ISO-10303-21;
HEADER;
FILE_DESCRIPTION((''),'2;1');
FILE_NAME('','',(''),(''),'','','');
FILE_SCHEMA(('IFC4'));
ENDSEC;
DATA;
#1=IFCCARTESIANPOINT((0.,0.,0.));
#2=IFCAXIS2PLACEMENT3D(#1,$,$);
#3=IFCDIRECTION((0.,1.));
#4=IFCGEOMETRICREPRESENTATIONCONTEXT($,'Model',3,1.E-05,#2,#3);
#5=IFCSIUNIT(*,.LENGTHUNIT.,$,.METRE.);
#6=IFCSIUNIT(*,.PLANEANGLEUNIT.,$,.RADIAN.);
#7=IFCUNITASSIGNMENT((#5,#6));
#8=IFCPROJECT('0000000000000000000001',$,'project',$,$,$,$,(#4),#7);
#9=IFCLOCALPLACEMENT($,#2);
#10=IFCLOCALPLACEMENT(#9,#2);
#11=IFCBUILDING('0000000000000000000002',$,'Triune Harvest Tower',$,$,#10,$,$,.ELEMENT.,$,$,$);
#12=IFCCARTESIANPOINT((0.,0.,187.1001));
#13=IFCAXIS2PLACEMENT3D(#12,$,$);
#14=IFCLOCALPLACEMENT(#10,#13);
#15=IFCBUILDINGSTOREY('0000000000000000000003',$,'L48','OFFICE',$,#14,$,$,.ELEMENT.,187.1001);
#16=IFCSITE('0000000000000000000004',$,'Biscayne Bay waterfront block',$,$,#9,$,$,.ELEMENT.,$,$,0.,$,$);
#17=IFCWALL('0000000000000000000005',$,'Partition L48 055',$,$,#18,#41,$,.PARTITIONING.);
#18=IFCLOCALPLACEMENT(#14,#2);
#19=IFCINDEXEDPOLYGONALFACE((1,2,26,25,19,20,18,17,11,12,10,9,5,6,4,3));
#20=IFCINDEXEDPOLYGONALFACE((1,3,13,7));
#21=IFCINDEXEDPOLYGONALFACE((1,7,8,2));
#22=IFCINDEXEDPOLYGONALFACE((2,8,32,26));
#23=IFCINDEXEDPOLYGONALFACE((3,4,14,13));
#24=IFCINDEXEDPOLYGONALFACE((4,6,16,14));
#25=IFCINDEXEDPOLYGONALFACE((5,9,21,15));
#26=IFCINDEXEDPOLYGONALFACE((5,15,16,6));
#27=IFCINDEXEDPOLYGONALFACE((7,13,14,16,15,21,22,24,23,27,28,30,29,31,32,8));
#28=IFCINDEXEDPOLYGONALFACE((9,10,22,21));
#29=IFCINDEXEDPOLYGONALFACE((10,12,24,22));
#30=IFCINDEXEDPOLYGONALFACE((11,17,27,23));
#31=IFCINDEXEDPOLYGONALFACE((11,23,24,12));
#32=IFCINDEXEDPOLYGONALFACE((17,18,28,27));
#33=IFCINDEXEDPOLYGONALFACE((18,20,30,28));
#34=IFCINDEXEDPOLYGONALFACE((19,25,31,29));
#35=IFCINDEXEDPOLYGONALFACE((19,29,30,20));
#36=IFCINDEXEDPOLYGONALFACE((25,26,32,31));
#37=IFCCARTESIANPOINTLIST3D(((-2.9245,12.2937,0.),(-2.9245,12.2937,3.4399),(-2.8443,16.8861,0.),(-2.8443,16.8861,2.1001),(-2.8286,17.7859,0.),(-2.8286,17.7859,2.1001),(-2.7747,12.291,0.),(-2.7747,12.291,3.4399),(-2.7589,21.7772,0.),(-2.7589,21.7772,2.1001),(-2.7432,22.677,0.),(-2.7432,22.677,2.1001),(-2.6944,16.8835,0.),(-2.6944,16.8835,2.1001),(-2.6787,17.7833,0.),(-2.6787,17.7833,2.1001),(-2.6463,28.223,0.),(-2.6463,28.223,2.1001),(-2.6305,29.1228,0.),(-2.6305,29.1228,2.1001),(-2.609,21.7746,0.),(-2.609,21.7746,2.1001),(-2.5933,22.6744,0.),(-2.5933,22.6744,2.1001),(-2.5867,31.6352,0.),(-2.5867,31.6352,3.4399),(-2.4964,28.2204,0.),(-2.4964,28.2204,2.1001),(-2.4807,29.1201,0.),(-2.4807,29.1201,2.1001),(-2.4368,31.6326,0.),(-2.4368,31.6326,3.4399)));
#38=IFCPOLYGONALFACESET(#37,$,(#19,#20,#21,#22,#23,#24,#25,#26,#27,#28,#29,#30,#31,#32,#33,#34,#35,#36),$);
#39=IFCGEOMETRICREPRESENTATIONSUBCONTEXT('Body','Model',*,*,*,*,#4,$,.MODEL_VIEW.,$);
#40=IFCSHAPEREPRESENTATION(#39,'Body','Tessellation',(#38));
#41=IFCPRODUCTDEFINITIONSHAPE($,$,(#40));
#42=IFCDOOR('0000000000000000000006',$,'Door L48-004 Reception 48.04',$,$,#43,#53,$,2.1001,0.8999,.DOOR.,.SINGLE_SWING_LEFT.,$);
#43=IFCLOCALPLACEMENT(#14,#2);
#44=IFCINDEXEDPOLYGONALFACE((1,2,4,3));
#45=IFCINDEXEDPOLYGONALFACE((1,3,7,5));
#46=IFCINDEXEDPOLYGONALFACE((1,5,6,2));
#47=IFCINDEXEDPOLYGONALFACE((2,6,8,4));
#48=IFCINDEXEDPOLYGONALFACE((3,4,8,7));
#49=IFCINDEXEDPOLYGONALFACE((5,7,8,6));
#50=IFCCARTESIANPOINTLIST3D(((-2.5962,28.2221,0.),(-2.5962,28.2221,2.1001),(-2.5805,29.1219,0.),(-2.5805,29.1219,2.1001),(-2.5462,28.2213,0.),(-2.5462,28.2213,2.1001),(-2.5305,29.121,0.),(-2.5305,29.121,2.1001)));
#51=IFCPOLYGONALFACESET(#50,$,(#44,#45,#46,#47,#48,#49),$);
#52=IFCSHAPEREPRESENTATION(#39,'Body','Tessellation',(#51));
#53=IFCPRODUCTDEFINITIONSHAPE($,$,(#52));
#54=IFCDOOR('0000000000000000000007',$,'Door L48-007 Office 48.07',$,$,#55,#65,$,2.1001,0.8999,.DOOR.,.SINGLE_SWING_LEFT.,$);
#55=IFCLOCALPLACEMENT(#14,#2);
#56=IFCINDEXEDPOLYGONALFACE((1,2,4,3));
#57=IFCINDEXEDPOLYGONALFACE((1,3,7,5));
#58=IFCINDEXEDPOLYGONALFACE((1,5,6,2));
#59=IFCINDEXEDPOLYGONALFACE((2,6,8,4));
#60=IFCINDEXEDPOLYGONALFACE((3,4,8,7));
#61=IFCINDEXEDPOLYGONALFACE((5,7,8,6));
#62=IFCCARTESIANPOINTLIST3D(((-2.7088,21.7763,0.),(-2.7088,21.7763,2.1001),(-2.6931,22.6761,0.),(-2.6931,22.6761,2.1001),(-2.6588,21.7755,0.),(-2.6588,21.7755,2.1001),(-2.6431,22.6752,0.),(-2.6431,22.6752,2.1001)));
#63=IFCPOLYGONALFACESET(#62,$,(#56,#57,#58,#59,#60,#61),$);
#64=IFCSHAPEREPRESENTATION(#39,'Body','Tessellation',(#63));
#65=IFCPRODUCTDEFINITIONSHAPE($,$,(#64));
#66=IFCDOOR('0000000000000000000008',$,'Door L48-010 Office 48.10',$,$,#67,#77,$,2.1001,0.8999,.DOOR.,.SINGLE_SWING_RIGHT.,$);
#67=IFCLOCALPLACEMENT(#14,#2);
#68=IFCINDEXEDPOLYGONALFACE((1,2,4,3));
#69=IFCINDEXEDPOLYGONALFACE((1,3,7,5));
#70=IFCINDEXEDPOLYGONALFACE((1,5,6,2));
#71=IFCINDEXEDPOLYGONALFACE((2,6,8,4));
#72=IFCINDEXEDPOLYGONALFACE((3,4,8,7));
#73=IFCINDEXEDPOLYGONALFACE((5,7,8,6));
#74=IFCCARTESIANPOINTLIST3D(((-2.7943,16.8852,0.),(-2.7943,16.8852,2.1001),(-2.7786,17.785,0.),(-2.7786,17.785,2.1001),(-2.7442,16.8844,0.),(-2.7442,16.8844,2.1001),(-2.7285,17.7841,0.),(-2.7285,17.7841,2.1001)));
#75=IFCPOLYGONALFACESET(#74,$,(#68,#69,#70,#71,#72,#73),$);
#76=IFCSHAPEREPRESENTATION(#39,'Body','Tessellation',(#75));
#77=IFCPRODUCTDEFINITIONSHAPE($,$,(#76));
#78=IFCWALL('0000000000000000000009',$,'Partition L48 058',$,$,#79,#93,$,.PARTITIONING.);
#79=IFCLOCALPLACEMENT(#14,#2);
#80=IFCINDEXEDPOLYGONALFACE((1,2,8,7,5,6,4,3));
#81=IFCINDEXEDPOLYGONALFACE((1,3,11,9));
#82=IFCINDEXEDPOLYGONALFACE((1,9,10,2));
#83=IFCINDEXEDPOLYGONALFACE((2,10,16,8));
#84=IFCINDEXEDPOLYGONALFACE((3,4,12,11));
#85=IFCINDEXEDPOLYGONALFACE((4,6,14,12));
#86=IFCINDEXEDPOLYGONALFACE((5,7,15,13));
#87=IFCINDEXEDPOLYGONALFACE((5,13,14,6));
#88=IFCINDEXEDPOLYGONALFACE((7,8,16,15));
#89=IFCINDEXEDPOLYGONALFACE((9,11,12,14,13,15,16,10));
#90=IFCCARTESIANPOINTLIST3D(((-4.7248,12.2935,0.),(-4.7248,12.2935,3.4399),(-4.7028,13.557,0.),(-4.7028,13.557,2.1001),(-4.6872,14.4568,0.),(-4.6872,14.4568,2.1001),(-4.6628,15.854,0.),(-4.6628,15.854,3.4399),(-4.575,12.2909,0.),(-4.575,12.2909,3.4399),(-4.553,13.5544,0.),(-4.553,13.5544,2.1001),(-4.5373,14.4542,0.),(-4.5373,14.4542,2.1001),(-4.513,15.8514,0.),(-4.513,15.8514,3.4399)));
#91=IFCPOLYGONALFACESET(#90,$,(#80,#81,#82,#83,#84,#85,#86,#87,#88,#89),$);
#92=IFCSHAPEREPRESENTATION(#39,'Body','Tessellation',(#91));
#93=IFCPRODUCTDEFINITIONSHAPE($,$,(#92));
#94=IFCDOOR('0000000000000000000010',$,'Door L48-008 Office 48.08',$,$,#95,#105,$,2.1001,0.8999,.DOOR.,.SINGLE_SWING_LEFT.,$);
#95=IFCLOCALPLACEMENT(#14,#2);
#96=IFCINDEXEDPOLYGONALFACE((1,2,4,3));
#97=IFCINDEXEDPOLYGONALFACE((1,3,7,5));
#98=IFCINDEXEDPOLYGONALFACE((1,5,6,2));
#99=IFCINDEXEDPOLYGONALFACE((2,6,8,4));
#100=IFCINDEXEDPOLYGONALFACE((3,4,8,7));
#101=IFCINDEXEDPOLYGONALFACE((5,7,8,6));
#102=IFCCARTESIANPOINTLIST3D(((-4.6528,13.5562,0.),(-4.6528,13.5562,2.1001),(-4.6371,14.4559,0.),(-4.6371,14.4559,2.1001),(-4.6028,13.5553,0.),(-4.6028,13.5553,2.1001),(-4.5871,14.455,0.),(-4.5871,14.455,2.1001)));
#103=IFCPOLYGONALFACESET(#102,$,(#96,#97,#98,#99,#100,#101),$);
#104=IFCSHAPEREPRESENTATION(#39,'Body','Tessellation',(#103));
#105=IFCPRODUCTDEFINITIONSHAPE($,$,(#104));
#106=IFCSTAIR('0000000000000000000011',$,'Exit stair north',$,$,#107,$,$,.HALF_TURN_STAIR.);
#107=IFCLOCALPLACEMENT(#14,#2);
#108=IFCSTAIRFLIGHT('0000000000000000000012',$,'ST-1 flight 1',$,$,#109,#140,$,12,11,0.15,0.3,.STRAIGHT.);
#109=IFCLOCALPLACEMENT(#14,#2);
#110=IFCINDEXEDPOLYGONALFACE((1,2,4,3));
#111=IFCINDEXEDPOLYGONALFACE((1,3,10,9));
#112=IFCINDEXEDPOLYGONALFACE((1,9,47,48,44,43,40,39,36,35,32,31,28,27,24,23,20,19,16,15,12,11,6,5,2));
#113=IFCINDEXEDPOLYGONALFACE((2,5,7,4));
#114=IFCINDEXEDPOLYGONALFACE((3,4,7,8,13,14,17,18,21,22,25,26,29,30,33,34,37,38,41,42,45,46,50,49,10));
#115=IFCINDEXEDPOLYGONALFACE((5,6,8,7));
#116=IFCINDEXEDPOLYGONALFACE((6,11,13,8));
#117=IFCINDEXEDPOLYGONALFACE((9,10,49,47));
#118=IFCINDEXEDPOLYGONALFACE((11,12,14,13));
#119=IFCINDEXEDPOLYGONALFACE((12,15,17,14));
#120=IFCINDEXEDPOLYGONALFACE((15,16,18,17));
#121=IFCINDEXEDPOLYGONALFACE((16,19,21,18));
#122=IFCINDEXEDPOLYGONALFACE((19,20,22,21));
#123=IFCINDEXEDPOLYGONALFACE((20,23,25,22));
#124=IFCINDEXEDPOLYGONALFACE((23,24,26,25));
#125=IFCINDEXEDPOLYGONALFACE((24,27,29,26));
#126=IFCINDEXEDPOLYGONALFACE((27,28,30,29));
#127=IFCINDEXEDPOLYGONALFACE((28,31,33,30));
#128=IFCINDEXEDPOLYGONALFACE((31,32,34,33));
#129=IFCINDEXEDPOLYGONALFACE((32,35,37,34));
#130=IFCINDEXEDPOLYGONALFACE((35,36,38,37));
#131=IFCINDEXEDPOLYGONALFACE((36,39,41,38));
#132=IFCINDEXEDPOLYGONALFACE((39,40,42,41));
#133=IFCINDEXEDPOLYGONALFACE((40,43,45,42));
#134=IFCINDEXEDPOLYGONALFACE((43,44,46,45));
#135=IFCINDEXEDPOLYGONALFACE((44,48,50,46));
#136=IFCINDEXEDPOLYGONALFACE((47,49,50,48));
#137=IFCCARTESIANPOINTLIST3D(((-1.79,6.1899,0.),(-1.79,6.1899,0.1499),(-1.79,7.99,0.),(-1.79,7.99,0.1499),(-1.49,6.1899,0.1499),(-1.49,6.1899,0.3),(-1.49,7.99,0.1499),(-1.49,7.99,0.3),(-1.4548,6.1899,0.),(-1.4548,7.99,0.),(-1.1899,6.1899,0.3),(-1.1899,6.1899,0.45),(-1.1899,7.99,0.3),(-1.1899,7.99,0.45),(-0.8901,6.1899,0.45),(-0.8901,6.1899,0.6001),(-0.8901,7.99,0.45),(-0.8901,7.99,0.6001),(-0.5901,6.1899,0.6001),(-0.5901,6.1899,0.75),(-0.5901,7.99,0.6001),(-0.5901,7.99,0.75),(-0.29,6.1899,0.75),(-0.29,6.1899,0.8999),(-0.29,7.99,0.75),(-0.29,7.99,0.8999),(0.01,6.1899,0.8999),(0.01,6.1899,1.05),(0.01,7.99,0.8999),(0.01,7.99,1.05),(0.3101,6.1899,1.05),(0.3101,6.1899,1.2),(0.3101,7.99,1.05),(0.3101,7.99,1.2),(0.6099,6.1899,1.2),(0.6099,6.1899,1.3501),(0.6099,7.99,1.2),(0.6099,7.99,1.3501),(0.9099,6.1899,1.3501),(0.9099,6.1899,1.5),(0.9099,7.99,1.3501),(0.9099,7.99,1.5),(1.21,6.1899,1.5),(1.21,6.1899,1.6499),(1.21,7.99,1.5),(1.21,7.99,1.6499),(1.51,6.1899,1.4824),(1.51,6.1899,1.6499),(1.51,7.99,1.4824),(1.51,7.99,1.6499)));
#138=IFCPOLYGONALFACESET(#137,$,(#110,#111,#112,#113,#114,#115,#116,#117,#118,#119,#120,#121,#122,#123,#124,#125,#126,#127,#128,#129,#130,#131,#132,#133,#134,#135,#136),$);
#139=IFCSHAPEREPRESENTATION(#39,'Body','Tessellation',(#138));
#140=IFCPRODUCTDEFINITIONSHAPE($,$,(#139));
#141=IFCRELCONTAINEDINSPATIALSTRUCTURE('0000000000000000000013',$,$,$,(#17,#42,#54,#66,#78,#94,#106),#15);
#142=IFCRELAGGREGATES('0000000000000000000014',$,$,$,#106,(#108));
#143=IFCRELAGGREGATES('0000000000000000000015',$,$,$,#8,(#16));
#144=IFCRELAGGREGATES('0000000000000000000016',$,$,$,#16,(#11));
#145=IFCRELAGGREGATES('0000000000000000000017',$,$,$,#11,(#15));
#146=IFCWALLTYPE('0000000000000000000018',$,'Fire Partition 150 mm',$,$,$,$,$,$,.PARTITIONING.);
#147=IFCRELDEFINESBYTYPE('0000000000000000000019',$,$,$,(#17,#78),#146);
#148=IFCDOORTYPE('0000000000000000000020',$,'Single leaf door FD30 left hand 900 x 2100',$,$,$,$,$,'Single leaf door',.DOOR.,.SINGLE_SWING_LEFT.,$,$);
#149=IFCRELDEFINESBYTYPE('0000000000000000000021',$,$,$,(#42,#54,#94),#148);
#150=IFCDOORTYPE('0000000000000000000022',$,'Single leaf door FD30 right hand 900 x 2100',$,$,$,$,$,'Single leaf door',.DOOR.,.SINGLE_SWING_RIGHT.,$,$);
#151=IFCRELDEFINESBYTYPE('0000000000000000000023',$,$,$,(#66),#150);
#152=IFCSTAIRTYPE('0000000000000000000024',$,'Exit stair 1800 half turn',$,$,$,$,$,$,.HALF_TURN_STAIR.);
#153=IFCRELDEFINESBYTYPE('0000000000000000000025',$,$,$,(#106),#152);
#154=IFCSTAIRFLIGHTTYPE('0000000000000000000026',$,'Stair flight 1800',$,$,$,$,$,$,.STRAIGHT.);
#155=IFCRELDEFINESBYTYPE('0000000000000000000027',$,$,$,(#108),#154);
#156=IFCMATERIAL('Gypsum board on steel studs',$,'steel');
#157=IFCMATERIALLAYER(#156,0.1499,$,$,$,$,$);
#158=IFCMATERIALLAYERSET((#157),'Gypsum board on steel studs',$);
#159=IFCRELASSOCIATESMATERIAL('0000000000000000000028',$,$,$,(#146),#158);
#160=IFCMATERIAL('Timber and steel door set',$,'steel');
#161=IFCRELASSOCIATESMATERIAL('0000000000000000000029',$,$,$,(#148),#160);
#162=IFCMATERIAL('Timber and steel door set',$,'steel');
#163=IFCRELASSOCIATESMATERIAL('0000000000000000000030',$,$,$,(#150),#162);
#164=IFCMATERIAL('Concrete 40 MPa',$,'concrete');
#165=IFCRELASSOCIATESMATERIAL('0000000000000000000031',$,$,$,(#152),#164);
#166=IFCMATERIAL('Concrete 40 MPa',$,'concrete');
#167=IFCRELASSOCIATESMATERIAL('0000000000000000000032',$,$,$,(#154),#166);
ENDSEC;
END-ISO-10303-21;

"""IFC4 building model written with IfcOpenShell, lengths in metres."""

from ifc_helpers import new_model, si_unit, direction, frame, frame_2d, origin, place, context, subcontext, project, spatial, polyline, rectangle, outline, extrude, source, transform, mapped, material, layer, layer_set, type_object, element, fill, aggregate, save


model = new_model("IFC4")

# Units and contexts
model_context = context("Model", 3, precision=1e-05, world=origin(), true_north=direction((0.0, 1.0)))
body_context = subcontext(model_context, "Body", "Model", "MODEL_VIEW")
ifc_project = project(units=[si_unit("LENGTHUNIT", "METRE"), si_unit("PLANEANGLEUNIT", "RADIAN")], contexts=[model_context])

# Site, building, storey
site_placement = place(None, origin())
site = spatial("IfcSite", under=ifc_project, at=site_placement, Name="Biscayne Bay waterfront block", CompositionType="ELEMENT", RefElevation=0.0)
building_placement = place(site_placement, origin())
building = spatial("IfcBuilding", under=site, at=building_placement, Name="Triune Harvest Tower", CompositionType="ELEMENT")
storey_placement = place(building_placement, frame((0.0, 0.0, 187.1001)))
storey = spatial("IfcBuildingStorey", under=building, at=storey_placement, Name="L48", Description="OFFICE", CompositionType="ELEMENT", Elevation=187.1001)

# Shared definitions
ifc_material_1 = material(Name="Gypsum board on steel studs", Category="steel")
ifc_layer_1 = layer(ifc_material_1, 0.1499)
ifc_layer_set_1 = layer_set([ifc_layer_1], Name="Gypsum board on steel studs")
wall_type_1 = type_object("IfcWallType", Name="Fire Partition 150 mm", PredefinedType="PARTITIONING", material=ifc_layer_set_1)

# Wall, openings, doors
shared_shape_1 = source(origin(), body_context, "Body", "SweptSolid", [
    extrude(rectangle(XDim=19.3445, YDim=0.1499, at=frame_2d((9.6724, 0.0))), origin(), (0.0, 0.0, 1.0), 3.4399),
])
wall_1_placement = place(storey_placement, frame((-2.8496, 12.2922, 0.0), z_axis=(0.0, 0.0, 1.0), x_axis=(0.017467, 0.999847, 0.0)))
wall_1 = element("IfcWall", 1, at=wall_1_placement, inside=storey, type_object=wall_type_1, Name="Partition L48 055", PredefinedType="PARTITIONING", context=body_context, shape_type="MappedRepresentation", body=[
    mapped(shared_shape_1, transform((0.0, 0.0, 0.0), scale=1.0)),
])
opening_1_placement = place(wall_1_placement, frame((15.9319, 0.0, 0.0)))
opening_1 = element("IfcOpeningElement", 2, at=opening_1_placement, cuts=wall_1, PredefinedType="OPENING", context=body_context, shape_type="SweptSolid", body=[
    extrude(rectangle(XDim=0.8999, YDim=2.1001, at=frame_2d((0.45, 1.05))), frame((0.0, 0.085, 0.0), z_axis=(0.0, -1.0, 0.0), x_axis=(1.0, 0.0, 0.0)), (0.0, 0.0, 1.0), 0.1699),
])
opening_2_placement = place(wall_1_placement, frame((9.4851, 0.0, 0.0)))
opening_2 = element("IfcOpeningElement", 3, at=opening_2_placement, cuts=wall_1, PredefinedType="OPENING", context=body_context, shape_type="SweptSolid", body=[
    extrude(rectangle(XDim=0.8999, YDim=2.1001, at=frame_2d((0.45, 1.05))), frame((0.0, 0.085, 0.0), z_axis=(0.0, -1.0, 0.0), x_axis=(1.0, 0.0, 0.0)), (0.0, 0.0, 1.0), 0.1699),
])
opening_3_placement = place(wall_1_placement, frame((4.5933, 0.0, 0.0)))
opening_3 = element("IfcOpeningElement", 4, at=opening_3_placement, cuts=wall_1, PredefinedType="OPENING", context=body_context, shape_type="SweptSolid", body=[
    extrude(rectangle(XDim=0.8999, YDim=2.1001, at=frame_2d((0.45, 1.05))), frame((0.0, 0.085, 0.0), z_axis=(0.0, -1.0, 0.0), x_axis=(1.0, 0.0, 0.0)), (0.0, 0.0, 1.0), 0.1699),
])
ifc_material_2 = material(Name="Timber and steel door set", Category="steel")
door_type_1 = type_object("IfcDoorType", Name="Single leaf door FD30 left hand 900 x 2100", ElementType="Single leaf door", OperationType="SINGLE_SWING_LEFT", PredefinedType="DOOR", material=ifc_material_2)
door_1_placement = place(opening_1_placement, origin())
door_1 = element("IfcDoor", 5, at=door_1_placement, inside=storey, type_object=door_type_1, Name="Door L48-004 Reception 48.04", OperationType="SINGLE_SWING_LEFT", OverallHeight=2.1001, OverallWidth=0.8999, PredefinedType="DOOR", context=body_context, shape_type="SweptSolid", body=[
    extrude(rectangle(XDim=0.8999, YDim=2.1001, at=frame_2d((0.45, 1.05))), frame((0.0, 0.0249, 0.0), z_axis=(0.0, -1.0, 0.0), x_axis=(1.0, 0.0, 0.0)), (0.0, 0.0, 1.0), 0.05),
])
fill(opening_1, door_1)
door_2_placement = place(opening_2_placement, origin())
door_2 = element("IfcDoor", 6, at=door_2_placement, inside=storey, type_object=door_type_1, Name="Door L48-007 Office 48.07", OperationType="SINGLE_SWING_LEFT", OverallHeight=2.1001, OverallWidth=0.8999, PredefinedType="DOOR", context=body_context, shape_type="SweptSolid", body=[
    extrude(rectangle(XDim=0.8999, YDim=2.1001, at=frame_2d((0.45, 1.05))), frame((0.0, 0.0249, 0.0), z_axis=(0.0, -1.0, 0.0), x_axis=(1.0, 0.0, 0.0)), (0.0, 0.0, 1.0), 0.05),
])
fill(opening_2, door_2)
ifc_material_3 = material(Name="Timber and steel door set", Category="steel")
door_type_2 = type_object("IfcDoorType", Name="Single leaf door FD30 right hand 900 x 2100", ElementType="Single leaf door", OperationType="SINGLE_SWING_RIGHT", PredefinedType="DOOR", material=ifc_material_3)
door_3_placement = place(opening_3_placement, origin())
door_3 = element("IfcDoor", 7, at=door_3_placement, inside=storey, type_object=door_type_2, Name="Door L48-010 Office 48.10", OperationType="SINGLE_SWING_RIGHT", OverallHeight=2.1001, OverallWidth=0.8999, PredefinedType="DOOR", context=body_context, shape_type="SweptSolid", body=[
    extrude(rectangle(XDim=0.8999, YDim=2.1001, at=frame_2d((0.45, 1.05))), frame((0.0, 0.0249, 0.0), z_axis=(0.0, -1.0, 0.0), x_axis=(1.0, 0.0, 0.0)), (0.0, 0.0, 1.0), 0.05),
])
fill(opening_3, door_3)

# Wall, opening, door
shared_shape_2 = source(origin(), body_context, "Body", "SweptSolid", [
    extrude(rectangle(XDim=3.561, YDim=0.1499, at=frame_2d((1.7805, 0.0))), origin(), (0.0, 0.0, 1.0), 3.4399),
])
wall_2_placement = place(storey_placement, frame((-4.6499, 12.2922, 0.0), z_axis=(0.0, 0.0, 1.0), x_axis=(0.017414, 0.999848, 0.0)))
wall_2 = element("IfcWall", 8, at=wall_2_placement, inside=storey, type_object=wall_type_1, Name="Partition L48 058", PredefinedType="PARTITIONING", context=body_context, shape_type="MappedRepresentation", body=[
    mapped(shared_shape_2, transform((0.0, 0.0, 0.0), scale=1.0)),
])
opening_4_placement = place(wall_2_placement, frame((1.2637, 0.0, 0.0)))
opening_4 = element("IfcOpeningElement", 9, at=opening_4_placement, cuts=wall_2, PredefinedType="OPENING", context=body_context, shape_type="SweptSolid", body=[
    extrude(rectangle(XDim=0.8999, YDim=2.1001, at=frame_2d((0.45, 1.05))), frame((0.0, 0.085, 0.0), z_axis=(0.0, -1.0, 0.0), x_axis=(1.0, 0.0, 0.0)), (0.0, 0.0, 1.0), 0.1699),
])
door_4_placement = place(opening_4_placement, origin())
door_4 = element("IfcDoor", 10, at=door_4_placement, inside=storey, type_object=door_type_1, Name="Door L48-008 Office 48.08", OperationType="SINGLE_SWING_LEFT", OverallHeight=2.1001, OverallWidth=0.8999, PredefinedType="DOOR", context=body_context, shape_type="SweptSolid", body=[
    extrude(rectangle(XDim=0.8999, YDim=2.1001, at=frame_2d((0.45, 1.05))), frame((0.0, 0.0249, 0.0), z_axis=(0.0, -1.0, 0.0), x_axis=(1.0, 0.0, 0.0)), (0.0, 0.0, 1.0), 0.05),
])
fill(opening_4, door_4)

# Stair, stair flight
ifc_material_4 = material(Name="Concrete 40 MPa", Category="concrete")
stair_type = type_object("IfcStairType", Name="Exit stair 1800 half turn", PredefinedType="HALF_TURN_STAIR", material=ifc_material_4)
stair_placement = place(storey_placement, origin())
stair = element("IfcStair", 11, at=stair_placement, inside=storey, type_object=stair_type, Name="Exit stair north", PredefinedType="HALF_TURN_STAIR")
ifc_material_5 = material(Name="Concrete 40 MPa", Category="concrete")
stair_flight_type = type_object("IfcStairFlightType", Name="Stair flight 1800", PredefinedType="STRAIGHT", material=ifc_material_5)
shared_shape_3 = source(origin(), body_context, "Body", "SweptSolid", [
    extrude(outline(polyline([(0.0, 0.0), (0.0, 0.1499), (0.3, 0.1499), (0.3, 0.3), (0.6001, 0.3), (0.6001, 0.45), (0.8999, 0.45), (0.8999, 0.6001), (1.2, 0.6001), (1.2, 0.75), (1.5, 0.75), (1.5, 0.8999), (1.8, 0.8999), (1.8, 1.05), (2.1001, 1.05), (2.1001, 1.2), (2.3999, 1.2), (2.3999, 1.3501), (2.7, 1.3501), (2.7, 1.5), (3.0, 1.5), (3.0, 1.6499), (3.3, 1.6499), (3.3, 1.8), (3.3, 1.4824), (0.3352, 0.0), (0.0, 0.0)])), frame((0.0, 0.8999, 0.0), z_axis=(0.0, -1.0, 0.0), x_axis=(1.0, 0.0, 0.0)), (0.0, 0.0, 1.0), 1.8),
])
stair_flight_placement = place(storey_placement, frame((-1.79, 7.0901, 0.0), z_axis=(0.0, 0.0, 1.0), x_axis=(1.0, 0.0, 0.0)))
stair_flight = element("IfcStairFlight", 12, at=stair_flight_placement, type_object=stair_flight_type, Name="ST-1 flight 1", NumberOfRisers=12, NumberOfTreads=11, PredefinedType="STRAIGHT", RiserHeight=0.15, TreadLength=0.3, context=body_context, shape_type="MappedRepresentation", body=[
    mapped(shared_shape_3, transform((0.0, 0.0, 0.0), scale=1.0)),
])
aggregate(stair, [stair_flight])

save(model, "model.ifc")
